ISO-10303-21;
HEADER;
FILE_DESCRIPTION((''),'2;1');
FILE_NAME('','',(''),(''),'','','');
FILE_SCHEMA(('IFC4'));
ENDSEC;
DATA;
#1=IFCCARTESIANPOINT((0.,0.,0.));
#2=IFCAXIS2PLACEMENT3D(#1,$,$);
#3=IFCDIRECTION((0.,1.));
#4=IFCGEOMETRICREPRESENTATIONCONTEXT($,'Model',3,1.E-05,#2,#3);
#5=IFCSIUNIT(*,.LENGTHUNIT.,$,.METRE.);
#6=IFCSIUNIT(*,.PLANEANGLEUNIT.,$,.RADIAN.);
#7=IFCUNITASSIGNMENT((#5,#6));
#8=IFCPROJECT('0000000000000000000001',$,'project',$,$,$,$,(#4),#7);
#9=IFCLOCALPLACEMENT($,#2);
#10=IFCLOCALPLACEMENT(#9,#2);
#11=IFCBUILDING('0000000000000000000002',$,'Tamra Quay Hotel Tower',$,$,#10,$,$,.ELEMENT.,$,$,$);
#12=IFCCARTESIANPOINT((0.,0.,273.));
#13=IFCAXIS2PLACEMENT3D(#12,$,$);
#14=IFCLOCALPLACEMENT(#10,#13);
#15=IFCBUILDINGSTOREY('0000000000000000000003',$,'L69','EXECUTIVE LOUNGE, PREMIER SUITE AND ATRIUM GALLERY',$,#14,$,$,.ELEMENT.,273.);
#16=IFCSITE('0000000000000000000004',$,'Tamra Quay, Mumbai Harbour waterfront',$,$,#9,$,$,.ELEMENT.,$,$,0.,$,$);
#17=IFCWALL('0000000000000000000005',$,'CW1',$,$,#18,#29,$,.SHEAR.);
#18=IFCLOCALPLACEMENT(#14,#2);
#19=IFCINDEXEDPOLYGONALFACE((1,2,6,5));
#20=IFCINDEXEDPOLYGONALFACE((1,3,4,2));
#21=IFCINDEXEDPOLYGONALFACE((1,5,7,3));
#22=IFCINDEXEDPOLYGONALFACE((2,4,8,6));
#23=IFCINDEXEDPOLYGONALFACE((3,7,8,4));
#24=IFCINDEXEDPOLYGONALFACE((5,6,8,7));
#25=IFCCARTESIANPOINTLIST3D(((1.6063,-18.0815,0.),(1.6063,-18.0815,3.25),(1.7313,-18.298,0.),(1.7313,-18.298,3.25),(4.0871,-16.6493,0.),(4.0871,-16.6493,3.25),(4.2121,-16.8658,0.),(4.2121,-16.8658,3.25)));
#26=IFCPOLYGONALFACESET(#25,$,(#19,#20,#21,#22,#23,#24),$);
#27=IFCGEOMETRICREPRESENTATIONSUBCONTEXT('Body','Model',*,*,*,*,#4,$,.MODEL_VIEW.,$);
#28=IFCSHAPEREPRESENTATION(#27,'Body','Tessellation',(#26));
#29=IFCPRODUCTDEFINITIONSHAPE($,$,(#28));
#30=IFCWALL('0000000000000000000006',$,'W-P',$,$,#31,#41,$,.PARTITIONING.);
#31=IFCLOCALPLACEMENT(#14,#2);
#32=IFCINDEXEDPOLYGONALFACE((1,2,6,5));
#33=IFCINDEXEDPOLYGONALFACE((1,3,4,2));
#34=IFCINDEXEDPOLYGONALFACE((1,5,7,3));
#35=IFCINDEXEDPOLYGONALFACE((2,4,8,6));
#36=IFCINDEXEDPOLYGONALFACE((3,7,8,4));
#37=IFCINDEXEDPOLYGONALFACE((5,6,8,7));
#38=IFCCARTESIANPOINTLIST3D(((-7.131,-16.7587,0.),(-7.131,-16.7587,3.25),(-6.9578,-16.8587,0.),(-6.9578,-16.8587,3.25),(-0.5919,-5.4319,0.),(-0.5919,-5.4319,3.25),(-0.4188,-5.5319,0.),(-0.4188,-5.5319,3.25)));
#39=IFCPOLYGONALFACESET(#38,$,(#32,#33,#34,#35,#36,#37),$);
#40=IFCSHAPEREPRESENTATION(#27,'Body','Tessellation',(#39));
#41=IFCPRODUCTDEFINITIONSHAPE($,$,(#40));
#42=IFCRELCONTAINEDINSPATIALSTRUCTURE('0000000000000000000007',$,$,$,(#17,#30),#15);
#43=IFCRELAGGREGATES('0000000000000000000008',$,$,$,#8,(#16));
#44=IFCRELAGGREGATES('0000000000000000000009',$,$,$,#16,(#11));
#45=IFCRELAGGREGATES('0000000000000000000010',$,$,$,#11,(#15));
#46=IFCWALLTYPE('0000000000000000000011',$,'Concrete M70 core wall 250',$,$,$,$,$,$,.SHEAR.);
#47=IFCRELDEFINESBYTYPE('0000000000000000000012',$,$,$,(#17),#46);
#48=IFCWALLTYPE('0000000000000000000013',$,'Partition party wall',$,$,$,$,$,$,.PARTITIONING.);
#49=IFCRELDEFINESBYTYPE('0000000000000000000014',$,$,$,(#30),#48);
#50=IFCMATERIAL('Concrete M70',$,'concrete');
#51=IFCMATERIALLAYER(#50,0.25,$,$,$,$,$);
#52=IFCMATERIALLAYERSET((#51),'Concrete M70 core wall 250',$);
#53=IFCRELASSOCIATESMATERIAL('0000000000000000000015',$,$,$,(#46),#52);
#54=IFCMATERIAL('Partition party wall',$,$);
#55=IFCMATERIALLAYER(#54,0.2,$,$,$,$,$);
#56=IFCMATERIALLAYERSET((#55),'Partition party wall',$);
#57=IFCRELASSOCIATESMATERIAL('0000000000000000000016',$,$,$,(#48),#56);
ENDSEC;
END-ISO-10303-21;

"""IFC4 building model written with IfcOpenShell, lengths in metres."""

from ifc_helpers import new_model, si_unit, direction, frame, frame_2d, origin, place, context, subcontext, project, spatial, rectangle, extrude, material, layer, layer_set, type_object, element, save


model = new_model("IFC4")

# Units and contexts
model_context = context("Model", 3, precision=1e-05, world=origin(), true_north=direction((0.0, 1.0)))
body_context = subcontext(model_context, "Body", "Model", "MODEL_VIEW")
ifc_project = project(units=[si_unit("LENGTHUNIT", "METRE"), si_unit("PLANEANGLEUNIT", "RADIAN")], contexts=[model_context])

# Site, building, storey
site_placement = place(None, origin())
site = spatial("IfcSite", under=ifc_project, at=site_placement, Name="Tamra Quay, Mumbai Harbour waterfront", CompositionType="ELEMENT", RefElevation=0.0)
building_placement = place(site_placement, origin())
building = spatial("IfcBuilding", under=site, at=building_placement, Name="Tamra Quay Hotel Tower", CompositionType="ELEMENT")
storey_placement = place(building_placement, frame((0.0, 0.0, 273.0)))
storey = spatial("IfcBuildingStorey", under=building, at=storey_placement, Name="L69", Description="EXECUTIVE LOUNGE, PREMIER SUITE AND ATRIUM GALLERY", CompositionType="ELEMENT", Elevation=273.0)

# Shared definitions
ifc_material_1 = material(Name="Concrete M70", Category="concrete")

# Walls
ifc_layer_1 = layer(ifc_material_1, 0.25)
ifc_layer_set_1 = layer_set([ifc_layer_1], Name="Concrete M70 core wall 250")
wall_type_1 = type_object("IfcWallType", Name="Concrete M70 core wall 250", PredefinedType="SHEAR", material=ifc_layer_set_1)
wall_1_placement = place(storey_placement, frame((1.6689, -18.1897, 0.0), z_axis=(0.0, 0.0, 1.0), x_axis=(0.866042, 0.499971, 0.0)))
element("IfcWall", 1, at=wall_1_placement, inside=storey, type_object=wall_type_1, Name="CW1", PredefinedType="SHEAR", context=body_context, shape_type="SweptSolid", body=[
    extrude(rectangle(XDim=2.8645, YDim=0.25, at=frame_2d((1.4321, 0.0))), origin(), (0.0, 0.0, 1.0), 3.25),
])
ifc_material_2 = material(Name="Partition party wall")
ifc_layer_2 = layer(ifc_material_2, 0.2)
ifc_layer_set_2 = layer_set([ifc_layer_2], Name="Partition party wall")
wall_type_2 = type_object("IfcWallType", Name="Partition party wall", PredefinedType="PARTITIONING", material=ifc_layer_set_2)
wall_2_placement = place(storey_placement, frame((-7.0444, -16.8088, 0.0), z_axis=(0.0, 0.0, 1.0), x_axis=(0.49997, 0.866043, 0.0)))
element("IfcWall", 2, at=wall_2_placement, inside=storey, type_object=wall_type_2, Name="W-P", PredefinedType="PARTITIONING", context=body_context, shape_type="SweptSolid", body=[
    extrude(rectangle(XDim=13.0789, YDim=0.2, at=frame_2d((6.5396, 0.0))), origin(), (0.0, 0.0, 1.0), 3.25),
])

save(model, "model.ifc")
